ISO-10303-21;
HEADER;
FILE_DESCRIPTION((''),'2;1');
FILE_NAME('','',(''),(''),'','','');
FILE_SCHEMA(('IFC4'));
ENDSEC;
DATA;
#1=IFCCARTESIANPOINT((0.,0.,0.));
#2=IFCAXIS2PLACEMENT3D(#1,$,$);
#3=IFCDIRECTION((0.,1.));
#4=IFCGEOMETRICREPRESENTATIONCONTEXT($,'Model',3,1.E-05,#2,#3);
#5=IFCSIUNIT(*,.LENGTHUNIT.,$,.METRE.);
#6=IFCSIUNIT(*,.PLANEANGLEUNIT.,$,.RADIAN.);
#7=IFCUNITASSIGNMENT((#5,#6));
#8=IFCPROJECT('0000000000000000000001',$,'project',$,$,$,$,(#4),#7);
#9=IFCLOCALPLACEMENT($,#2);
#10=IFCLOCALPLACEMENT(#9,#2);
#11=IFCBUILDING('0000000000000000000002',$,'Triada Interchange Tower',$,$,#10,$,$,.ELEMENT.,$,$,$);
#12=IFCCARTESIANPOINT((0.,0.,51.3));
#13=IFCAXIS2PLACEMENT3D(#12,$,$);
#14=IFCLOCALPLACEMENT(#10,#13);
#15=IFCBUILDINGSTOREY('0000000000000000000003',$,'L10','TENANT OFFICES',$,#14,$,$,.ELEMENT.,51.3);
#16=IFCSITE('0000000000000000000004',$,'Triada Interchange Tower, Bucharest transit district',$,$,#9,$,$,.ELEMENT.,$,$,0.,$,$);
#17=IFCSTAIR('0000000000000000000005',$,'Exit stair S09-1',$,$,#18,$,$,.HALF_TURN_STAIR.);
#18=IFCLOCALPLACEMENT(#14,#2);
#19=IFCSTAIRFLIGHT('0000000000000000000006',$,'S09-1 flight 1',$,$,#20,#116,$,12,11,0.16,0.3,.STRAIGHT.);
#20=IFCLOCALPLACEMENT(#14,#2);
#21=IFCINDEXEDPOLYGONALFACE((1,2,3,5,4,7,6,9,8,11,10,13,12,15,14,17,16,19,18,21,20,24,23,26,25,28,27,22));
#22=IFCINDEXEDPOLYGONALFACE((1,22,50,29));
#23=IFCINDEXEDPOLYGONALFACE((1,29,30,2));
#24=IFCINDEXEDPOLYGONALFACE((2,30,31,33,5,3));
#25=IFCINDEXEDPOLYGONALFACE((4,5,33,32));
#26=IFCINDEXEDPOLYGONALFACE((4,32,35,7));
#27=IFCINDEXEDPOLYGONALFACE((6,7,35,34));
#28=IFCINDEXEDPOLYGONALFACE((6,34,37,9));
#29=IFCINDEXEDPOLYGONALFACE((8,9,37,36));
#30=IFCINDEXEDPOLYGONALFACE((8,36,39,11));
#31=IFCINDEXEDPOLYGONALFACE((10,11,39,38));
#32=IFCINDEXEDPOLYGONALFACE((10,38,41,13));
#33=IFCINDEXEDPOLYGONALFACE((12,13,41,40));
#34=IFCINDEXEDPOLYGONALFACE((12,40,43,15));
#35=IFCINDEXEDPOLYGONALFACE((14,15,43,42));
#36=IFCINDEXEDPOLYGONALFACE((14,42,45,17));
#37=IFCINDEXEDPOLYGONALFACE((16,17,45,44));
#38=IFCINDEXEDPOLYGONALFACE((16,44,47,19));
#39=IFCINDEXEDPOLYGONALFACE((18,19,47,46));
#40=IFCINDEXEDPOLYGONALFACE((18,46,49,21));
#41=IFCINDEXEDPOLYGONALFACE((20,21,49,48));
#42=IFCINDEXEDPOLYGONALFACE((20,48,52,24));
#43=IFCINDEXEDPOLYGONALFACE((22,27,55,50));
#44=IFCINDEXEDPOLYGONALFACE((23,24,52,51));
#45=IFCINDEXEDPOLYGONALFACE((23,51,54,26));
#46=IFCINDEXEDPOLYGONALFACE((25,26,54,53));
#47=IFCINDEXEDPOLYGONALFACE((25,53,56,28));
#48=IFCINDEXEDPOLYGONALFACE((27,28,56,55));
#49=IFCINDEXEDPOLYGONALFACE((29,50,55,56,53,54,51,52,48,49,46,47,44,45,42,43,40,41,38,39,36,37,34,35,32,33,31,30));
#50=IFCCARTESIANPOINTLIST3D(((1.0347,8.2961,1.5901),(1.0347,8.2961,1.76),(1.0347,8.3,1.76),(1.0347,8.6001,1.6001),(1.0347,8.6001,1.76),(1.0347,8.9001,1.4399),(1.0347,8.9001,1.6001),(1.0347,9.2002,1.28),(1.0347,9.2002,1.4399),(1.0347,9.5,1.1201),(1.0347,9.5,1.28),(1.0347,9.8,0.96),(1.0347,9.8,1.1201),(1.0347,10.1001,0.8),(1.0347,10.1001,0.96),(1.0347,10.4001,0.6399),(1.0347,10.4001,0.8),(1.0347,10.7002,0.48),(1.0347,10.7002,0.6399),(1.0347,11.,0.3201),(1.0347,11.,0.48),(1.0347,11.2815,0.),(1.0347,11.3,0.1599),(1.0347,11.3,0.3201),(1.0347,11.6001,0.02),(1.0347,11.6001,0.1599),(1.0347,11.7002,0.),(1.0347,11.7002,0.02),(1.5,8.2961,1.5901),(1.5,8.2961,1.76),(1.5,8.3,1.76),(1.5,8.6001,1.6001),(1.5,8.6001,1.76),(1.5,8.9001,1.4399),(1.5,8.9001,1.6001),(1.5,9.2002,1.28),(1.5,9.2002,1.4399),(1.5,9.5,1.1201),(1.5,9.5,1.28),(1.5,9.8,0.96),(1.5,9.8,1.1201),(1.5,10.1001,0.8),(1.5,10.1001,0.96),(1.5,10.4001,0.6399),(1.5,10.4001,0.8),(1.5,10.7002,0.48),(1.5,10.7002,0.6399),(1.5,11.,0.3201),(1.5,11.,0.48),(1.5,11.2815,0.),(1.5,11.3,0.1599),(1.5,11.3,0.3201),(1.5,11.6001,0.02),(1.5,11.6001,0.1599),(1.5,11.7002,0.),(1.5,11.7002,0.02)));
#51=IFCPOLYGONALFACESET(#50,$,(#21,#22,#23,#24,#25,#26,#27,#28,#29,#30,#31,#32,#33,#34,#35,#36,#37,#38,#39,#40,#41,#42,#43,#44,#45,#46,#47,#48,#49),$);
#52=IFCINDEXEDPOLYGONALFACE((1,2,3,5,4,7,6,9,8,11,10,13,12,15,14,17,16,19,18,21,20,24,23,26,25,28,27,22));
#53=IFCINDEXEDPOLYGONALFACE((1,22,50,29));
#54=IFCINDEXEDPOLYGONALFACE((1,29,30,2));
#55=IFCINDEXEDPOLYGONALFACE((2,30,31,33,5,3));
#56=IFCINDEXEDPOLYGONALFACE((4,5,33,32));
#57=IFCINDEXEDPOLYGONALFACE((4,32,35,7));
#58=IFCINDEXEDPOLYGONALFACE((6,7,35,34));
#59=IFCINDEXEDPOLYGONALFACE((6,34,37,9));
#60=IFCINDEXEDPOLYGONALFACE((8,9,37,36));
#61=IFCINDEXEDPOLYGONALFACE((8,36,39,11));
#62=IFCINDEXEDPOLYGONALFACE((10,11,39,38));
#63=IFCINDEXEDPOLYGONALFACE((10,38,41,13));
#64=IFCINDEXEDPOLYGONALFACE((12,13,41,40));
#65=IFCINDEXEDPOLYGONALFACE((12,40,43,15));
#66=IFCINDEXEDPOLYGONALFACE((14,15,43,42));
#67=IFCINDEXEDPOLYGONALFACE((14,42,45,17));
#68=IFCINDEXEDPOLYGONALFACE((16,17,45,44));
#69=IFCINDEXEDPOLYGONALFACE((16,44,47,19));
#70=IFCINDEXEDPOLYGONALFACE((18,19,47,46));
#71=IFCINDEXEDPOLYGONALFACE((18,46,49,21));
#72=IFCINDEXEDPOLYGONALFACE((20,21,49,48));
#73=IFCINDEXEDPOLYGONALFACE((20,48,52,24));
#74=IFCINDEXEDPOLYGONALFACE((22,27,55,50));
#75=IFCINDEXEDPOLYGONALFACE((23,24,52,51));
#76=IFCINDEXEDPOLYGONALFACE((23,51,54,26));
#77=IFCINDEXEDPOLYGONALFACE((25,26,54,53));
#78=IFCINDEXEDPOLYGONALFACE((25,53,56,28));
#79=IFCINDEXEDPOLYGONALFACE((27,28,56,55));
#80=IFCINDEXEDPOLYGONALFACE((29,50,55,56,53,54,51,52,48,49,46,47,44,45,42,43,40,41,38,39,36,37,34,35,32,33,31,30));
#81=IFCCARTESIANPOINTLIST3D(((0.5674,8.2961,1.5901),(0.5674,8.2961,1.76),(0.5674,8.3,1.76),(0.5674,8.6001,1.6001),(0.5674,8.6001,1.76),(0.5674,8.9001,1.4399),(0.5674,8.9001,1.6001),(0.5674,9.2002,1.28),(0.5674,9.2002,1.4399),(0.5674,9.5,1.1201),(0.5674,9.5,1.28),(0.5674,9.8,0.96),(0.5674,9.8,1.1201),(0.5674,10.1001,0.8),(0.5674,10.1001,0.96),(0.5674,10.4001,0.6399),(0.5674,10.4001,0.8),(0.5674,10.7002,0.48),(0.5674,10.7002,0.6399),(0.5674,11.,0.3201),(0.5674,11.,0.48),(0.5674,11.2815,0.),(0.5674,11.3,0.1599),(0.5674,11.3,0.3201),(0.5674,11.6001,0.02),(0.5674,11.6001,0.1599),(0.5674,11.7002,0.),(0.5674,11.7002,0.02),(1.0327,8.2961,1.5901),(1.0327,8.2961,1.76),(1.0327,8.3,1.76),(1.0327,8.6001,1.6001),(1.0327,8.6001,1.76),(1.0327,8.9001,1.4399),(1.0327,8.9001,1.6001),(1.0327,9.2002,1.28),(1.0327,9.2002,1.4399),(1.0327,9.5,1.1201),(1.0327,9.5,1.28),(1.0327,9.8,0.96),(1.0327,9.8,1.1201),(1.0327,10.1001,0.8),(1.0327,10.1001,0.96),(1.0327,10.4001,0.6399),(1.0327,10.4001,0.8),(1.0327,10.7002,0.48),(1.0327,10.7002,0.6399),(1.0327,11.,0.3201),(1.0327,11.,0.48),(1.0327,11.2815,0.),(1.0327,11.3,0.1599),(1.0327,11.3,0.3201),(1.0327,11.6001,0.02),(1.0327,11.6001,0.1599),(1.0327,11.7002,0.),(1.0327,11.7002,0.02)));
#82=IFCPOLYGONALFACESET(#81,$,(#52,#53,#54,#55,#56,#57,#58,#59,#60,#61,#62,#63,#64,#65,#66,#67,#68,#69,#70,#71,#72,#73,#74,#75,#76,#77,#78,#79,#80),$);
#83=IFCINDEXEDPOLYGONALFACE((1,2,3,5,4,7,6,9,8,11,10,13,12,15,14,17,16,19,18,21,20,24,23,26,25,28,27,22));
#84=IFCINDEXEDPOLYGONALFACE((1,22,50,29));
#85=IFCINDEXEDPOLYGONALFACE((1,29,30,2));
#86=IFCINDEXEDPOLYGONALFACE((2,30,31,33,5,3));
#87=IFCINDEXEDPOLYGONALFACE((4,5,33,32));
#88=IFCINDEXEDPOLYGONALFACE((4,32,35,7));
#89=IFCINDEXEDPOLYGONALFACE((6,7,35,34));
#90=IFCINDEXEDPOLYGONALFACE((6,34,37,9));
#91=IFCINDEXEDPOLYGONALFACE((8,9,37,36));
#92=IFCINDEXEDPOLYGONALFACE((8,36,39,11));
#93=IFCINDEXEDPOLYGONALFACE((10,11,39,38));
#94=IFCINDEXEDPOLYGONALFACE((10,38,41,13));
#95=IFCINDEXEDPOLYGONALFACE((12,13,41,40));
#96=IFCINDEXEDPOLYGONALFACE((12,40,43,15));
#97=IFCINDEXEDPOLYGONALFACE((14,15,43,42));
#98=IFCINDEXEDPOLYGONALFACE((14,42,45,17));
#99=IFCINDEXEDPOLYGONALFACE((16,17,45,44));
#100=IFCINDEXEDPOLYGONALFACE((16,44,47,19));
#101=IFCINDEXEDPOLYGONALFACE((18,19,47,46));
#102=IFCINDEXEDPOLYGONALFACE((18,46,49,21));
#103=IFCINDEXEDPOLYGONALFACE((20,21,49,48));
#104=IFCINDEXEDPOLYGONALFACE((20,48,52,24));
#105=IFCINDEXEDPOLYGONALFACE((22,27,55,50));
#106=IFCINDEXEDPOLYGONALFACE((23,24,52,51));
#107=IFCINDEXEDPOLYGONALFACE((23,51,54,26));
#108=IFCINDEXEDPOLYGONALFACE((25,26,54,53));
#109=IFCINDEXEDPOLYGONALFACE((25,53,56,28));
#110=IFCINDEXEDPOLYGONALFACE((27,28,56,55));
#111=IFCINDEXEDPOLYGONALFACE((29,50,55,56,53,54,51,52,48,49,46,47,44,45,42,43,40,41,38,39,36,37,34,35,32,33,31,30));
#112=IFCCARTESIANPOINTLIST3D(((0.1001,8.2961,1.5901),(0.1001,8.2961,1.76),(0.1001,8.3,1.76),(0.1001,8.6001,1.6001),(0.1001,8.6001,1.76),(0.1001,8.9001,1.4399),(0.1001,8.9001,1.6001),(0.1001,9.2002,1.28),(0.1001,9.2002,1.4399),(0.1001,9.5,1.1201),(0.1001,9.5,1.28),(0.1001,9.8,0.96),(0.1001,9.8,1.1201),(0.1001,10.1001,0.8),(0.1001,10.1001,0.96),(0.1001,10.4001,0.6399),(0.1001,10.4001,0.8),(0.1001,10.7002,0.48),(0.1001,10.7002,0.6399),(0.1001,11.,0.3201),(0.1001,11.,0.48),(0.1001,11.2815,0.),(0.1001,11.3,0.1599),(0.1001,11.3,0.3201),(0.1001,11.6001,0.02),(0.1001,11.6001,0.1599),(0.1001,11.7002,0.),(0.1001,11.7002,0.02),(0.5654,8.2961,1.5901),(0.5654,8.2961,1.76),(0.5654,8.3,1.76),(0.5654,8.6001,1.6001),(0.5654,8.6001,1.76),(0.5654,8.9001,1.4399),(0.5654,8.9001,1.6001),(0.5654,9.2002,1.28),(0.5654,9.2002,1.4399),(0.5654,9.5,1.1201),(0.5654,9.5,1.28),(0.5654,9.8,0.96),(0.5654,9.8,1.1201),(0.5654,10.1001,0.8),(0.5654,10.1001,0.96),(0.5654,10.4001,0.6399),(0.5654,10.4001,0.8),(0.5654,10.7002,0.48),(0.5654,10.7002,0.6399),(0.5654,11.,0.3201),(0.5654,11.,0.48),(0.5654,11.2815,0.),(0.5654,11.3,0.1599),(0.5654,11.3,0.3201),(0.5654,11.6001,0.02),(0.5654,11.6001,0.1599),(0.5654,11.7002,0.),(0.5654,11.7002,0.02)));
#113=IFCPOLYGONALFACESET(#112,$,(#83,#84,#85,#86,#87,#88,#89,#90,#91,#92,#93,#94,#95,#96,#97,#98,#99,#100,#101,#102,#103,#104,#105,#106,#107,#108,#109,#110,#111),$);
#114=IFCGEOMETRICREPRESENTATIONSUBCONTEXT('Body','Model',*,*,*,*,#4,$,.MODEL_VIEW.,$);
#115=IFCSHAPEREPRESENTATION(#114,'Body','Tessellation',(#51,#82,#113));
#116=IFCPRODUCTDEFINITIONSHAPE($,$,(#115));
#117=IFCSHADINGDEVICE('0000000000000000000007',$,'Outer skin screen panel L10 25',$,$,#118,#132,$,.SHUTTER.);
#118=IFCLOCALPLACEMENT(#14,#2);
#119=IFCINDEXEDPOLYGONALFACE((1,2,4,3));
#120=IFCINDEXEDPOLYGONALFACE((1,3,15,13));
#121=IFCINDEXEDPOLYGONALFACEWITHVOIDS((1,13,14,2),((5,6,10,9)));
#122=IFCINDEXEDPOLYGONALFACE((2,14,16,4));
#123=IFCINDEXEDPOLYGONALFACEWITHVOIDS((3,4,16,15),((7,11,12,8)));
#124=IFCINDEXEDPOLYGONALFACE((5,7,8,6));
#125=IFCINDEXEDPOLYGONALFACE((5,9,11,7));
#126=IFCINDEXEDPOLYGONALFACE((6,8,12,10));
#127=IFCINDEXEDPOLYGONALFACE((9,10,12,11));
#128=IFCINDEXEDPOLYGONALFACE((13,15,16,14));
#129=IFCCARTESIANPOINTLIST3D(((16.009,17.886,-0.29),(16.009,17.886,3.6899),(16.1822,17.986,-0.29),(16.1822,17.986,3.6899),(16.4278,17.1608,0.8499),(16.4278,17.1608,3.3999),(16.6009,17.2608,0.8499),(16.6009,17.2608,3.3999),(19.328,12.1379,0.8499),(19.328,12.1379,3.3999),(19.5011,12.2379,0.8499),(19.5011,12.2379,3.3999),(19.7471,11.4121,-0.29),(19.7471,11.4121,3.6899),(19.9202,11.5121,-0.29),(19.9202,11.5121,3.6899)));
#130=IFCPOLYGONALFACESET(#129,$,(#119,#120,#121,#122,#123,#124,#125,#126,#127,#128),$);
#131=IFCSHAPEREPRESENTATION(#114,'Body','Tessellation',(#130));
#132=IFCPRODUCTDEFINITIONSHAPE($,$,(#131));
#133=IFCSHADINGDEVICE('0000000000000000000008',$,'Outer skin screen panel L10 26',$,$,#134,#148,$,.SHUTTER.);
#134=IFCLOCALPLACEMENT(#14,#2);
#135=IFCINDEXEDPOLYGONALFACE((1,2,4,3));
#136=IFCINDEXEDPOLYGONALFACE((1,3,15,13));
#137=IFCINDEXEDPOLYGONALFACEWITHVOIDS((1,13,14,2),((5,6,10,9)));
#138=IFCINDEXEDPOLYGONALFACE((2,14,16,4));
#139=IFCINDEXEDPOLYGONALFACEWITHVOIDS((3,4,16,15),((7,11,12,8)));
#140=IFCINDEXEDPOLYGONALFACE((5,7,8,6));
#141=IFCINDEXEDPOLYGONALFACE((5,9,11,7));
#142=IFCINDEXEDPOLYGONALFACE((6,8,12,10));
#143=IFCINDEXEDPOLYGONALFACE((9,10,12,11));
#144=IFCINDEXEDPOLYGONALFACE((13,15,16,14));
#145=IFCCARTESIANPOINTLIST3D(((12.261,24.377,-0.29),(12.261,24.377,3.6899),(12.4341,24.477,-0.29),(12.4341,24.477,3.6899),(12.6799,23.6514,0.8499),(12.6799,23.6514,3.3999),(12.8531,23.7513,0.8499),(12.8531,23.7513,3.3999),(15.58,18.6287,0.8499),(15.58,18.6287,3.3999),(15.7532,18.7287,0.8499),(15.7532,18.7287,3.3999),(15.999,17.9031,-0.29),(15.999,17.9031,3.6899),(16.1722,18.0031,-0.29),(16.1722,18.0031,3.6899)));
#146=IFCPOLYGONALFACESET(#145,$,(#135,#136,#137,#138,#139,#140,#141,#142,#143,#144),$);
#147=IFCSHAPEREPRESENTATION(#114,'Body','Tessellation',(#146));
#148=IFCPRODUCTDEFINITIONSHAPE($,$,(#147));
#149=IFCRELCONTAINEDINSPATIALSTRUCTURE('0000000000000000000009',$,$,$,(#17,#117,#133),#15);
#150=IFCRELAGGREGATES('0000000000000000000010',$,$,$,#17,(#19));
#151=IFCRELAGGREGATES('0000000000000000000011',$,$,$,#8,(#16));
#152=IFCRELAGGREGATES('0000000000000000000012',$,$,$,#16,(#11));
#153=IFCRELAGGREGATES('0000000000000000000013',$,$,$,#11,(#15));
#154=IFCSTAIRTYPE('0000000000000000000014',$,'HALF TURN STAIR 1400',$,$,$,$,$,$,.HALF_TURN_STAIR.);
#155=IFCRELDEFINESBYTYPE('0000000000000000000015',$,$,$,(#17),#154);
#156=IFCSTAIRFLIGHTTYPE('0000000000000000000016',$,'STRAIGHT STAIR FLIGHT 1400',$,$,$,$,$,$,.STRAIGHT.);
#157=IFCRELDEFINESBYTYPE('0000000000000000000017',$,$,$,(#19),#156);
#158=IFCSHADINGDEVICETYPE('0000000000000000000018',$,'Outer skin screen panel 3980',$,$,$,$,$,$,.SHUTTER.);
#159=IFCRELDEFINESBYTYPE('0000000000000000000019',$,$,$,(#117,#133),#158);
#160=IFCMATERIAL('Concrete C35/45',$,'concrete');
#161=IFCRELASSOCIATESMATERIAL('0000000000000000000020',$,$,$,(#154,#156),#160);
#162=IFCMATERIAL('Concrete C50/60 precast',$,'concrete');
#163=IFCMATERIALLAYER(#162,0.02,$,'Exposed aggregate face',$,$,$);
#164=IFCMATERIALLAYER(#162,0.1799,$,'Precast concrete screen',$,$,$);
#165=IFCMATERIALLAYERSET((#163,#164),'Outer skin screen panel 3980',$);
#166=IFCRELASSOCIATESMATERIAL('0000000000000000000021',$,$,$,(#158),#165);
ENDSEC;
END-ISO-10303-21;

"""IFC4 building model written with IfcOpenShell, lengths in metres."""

from ifc_helpers import new_model, si_unit, direction, frame, origin, place, context, subcontext, project, spatial, polyline, outline, extrude, material, layer, layer_set, type_object, element, aggregate, save


model = new_model("IFC4")

# Units and contexts
model_context = context("Model", 3, precision=1e-05, world=origin(), true_north=direction((0.0, 1.0)))
body_context = subcontext(model_context, "Body", "Model", "MODEL_VIEW")
ifc_project = project(units=[si_unit("LENGTHUNIT", "METRE"), si_unit("PLANEANGLEUNIT", "RADIAN")], contexts=[model_context])

# Site, building, storey
site_placement = place(None, origin())
site = spatial("IfcSite", under=ifc_project, at=site_placement, Name="Triada Interchange Tower, Bucharest transit district", CompositionType="ELEMENT", RefElevation=0.0)
building_placement = place(site_placement, origin())
building = spatial("IfcBuilding", under=site, at=building_placement, Name="Triada Interchange Tower", CompositionType="ELEMENT")
storey_placement = place(building_placement, frame((0.0, 0.0, 51.3)))
storey = spatial("IfcBuildingStorey", under=building, at=storey_placement, Name="L10", Description="TENANT OFFICES", CompositionType="ELEMENT", Elevation=51.3)

# Stair, stair flight
ifc_material_1 = material(Name="Concrete C35/45", Category="concrete")
stair_type = type_object("IfcStairType", Name="HALF TURN STAIR 1400", PredefinedType="HALF_TURN_STAIR", material=ifc_material_1)
stair_placement = place(storey_placement, origin())
stair = element("IfcStair", 1, at=stair_placement, inside=storey, type_object=stair_type, Name="Exit stair S09-1", PredefinedType="HALF_TURN_STAIR")
stair_flight_type = type_object("IfcStairFlightType", Name="STRAIGHT STAIR FLIGHT 1400", PredefinedType="STRAIGHT", material=ifc_material_1)
stair_flight_placement = place(storey_placement, frame((0.8, 11.6001, 0.0), z_axis=(0.0, 0.0, 1.0), x_axis=(0.0, -1.0, 0.0)))
stair_flight = element("IfcStairFlight", 2, at=stair_flight_placement, type_object=stair_flight_type, Name="S09-1 flight 1", NumberOfRisers=12, NumberOfTreads=11, PredefinedType="STRAIGHT", RiserHeight=0.16, TreadLength=0.3, context=body_context, shape_type="SweptSolid", body=[
    extrude(outline(polyline([(-0.1001, 0.0), (-0.1001, 0.02), (0.0, 0.02), (0.0, 0.1599), (0.3, 0.1599), (0.3, 0.3201), (0.6001, 0.3201), (0.6001, 0.48), (0.8999, 0.48), (0.8999, 0.6399), (1.2, 0.6399), (1.2, 0.8), (1.5, 0.8), (1.5, 0.96), (1.8, 0.96), (1.8, 1.1201), (2.1001, 1.1201), (2.1001, 1.28), (2.3999, 1.28), (2.3999, 1.4399), (2.7, 1.4399), (2.7, 1.6001), (3.0, 1.6001), (3.0, 1.76), (3.3, 1.76), (3.304, 1.76), (3.304, 1.9199), (3.304, 1.5901), (0.3186, 0.0), (-0.1001, 0.0)])), frame((0.0, 0.7, 0.0), z_axis=(0.0, -1.0, 0.0), x_axis=(1.0, 0.0, 0.0)), (0.0, 0.0, 1.0), 0.4653),
    extrude(outline(polyline([(-0.1001, 0.0), (-0.1001, 0.02), (0.0, 0.02), (0.0, 0.1599), (0.3, 0.1599), (0.3, 0.3201), (0.6001, 0.3201), (0.6001, 0.48), (0.8999, 0.48), (0.8999, 0.6399), (1.2, 0.6399), (1.2, 0.8), (1.5, 0.8), (1.5, 0.96), (1.8, 0.96), (1.8, 1.1201), (2.1001, 1.1201), (2.1001, 1.28), (2.3999, 1.28), (2.3999, 1.4399), (2.7, 1.4399), (2.7, 1.6001), (3.0, 1.6001), (3.0, 1.76), (3.3, 1.76), (3.304, 1.76), (3.304, 1.9199), (3.304, 1.5901), (0.3186, 0.0), (-0.1001, 0.0)])), frame((0.0, 0.2327, 0.0), z_axis=(0.0, -1.0, 0.0), x_axis=(1.0, 0.0, 0.0)), (0.0, 0.0, 1.0), 0.4653),
    extrude(outline(polyline([(-0.1001, 0.0), (-0.1001, 0.02), (0.0, 0.02), (0.0, 0.1599), (0.3, 0.1599), (0.3, 0.3201), (0.6001, 0.3201), (0.6001, 0.48), (0.8999, 0.48), (0.8999, 0.6399), (1.2, 0.6399), (1.2, 0.8), (1.5, 0.8), (1.5, 0.96), (1.8, 0.96), (1.8, 1.1201), (2.1001, 1.1201), (2.1001, 1.28), (2.3999, 1.28), (2.3999, 1.4399), (2.7, 1.4399), (2.7, 1.6001), (3.0, 1.6001), (3.0, 1.76), (3.3, 1.76), (3.304, 1.76), (3.304, 1.9199), (3.304, 1.5901), (0.3186, 0.0), (-0.1001, 0.0)])), frame((0.0, -0.2346, 0.0), z_axis=(0.0, -1.0, 0.0), x_axis=(1.0, 0.0, 0.0)), (0.0, 0.0, 1.0), 0.4653),
])

# Shading devices
ifc_material_2 = material(Name="Concrete C50/60 precast", Category="concrete")
ifc_layer_1 = layer(ifc_material_2, 0.02, Name="Exposed aggregate face")
ifc_layer_2 = layer(ifc_material_2, 0.1799, Name="Precast concrete screen")
ifc_layer_set_1 = layer_set([ifc_layer_1, ifc_layer_2], Name="Outer skin screen panel 3980")
shading_device_type = type_object("IfcShadingDeviceType", Name="Outer skin screen panel 3980", PredefinedType="SHUTTER", material=ifc_layer_set_1)
shading_device_1_placement = place(storey_placement, frame((19.7471, 11.4121, -0.29), z_axis=(0.0, 0.0, 1.0), x_axis=(-0.500034, 0.866006, 0.0)))
element("IfcShadingDevice", 3, at=shading_device_1_placement, inside=storey, type_object=shading_device_type, Name="Outer skin screen panel L10 25", PredefinedType="SHUTTER", context=body_context, shape_type="SweptSolid", body=[
    extrude(outline(polyline([(0.0, 0.0), (7.4756, 0.0), (7.4756, 3.98), (0.0, 3.98), (0.0, 0.0)]), holes=[polyline([(0.8381, 1.1399), (0.8381, 3.6899), (6.6382, 3.6899), (6.6382, 1.1399), (0.8381, 1.1399)])]), frame((0.0, 0.0, 0.0), z_axis=(0.0, -1.0, 0.0), x_axis=(1.0, 0.0, 0.0)), (0.0, 0.0, 1.0), 0.2),
])
shading_device_2_placement = place(storey_placement, frame((15.999, 17.9031, -0.29), z_axis=(0.0, 0.0, 1.0), x_axis=(-0.500034, 0.866006, 0.0)))
element("IfcShadingDevice", 4, at=shading_device_2_placement, inside=storey, type_object=shading_device_type, Name="Outer skin screen panel L10 26", PredefinedType="SHUTTER", context=body_context, shape_type="SweptSolid", body=[
    extrude(outline(polyline([(0.0, 0.0), (7.4756, 0.0), (7.4756, 3.98), (0.0, 3.98), (0.0, 0.0)]), holes=[polyline([(0.8379, 1.1399), (0.8379, 3.6899), (6.6377, 3.6899), (6.6377, 1.1399), (0.8379, 1.1399)])]), frame((0.0, 0.0, 0.0), z_axis=(0.0, -1.0, 0.0), x_axis=(1.0, 0.0, 0.0)), (0.0, 0.0, 1.0), 0.2),
])

aggregate(stair, [stair_flight])

save(model, "model.ifc")
